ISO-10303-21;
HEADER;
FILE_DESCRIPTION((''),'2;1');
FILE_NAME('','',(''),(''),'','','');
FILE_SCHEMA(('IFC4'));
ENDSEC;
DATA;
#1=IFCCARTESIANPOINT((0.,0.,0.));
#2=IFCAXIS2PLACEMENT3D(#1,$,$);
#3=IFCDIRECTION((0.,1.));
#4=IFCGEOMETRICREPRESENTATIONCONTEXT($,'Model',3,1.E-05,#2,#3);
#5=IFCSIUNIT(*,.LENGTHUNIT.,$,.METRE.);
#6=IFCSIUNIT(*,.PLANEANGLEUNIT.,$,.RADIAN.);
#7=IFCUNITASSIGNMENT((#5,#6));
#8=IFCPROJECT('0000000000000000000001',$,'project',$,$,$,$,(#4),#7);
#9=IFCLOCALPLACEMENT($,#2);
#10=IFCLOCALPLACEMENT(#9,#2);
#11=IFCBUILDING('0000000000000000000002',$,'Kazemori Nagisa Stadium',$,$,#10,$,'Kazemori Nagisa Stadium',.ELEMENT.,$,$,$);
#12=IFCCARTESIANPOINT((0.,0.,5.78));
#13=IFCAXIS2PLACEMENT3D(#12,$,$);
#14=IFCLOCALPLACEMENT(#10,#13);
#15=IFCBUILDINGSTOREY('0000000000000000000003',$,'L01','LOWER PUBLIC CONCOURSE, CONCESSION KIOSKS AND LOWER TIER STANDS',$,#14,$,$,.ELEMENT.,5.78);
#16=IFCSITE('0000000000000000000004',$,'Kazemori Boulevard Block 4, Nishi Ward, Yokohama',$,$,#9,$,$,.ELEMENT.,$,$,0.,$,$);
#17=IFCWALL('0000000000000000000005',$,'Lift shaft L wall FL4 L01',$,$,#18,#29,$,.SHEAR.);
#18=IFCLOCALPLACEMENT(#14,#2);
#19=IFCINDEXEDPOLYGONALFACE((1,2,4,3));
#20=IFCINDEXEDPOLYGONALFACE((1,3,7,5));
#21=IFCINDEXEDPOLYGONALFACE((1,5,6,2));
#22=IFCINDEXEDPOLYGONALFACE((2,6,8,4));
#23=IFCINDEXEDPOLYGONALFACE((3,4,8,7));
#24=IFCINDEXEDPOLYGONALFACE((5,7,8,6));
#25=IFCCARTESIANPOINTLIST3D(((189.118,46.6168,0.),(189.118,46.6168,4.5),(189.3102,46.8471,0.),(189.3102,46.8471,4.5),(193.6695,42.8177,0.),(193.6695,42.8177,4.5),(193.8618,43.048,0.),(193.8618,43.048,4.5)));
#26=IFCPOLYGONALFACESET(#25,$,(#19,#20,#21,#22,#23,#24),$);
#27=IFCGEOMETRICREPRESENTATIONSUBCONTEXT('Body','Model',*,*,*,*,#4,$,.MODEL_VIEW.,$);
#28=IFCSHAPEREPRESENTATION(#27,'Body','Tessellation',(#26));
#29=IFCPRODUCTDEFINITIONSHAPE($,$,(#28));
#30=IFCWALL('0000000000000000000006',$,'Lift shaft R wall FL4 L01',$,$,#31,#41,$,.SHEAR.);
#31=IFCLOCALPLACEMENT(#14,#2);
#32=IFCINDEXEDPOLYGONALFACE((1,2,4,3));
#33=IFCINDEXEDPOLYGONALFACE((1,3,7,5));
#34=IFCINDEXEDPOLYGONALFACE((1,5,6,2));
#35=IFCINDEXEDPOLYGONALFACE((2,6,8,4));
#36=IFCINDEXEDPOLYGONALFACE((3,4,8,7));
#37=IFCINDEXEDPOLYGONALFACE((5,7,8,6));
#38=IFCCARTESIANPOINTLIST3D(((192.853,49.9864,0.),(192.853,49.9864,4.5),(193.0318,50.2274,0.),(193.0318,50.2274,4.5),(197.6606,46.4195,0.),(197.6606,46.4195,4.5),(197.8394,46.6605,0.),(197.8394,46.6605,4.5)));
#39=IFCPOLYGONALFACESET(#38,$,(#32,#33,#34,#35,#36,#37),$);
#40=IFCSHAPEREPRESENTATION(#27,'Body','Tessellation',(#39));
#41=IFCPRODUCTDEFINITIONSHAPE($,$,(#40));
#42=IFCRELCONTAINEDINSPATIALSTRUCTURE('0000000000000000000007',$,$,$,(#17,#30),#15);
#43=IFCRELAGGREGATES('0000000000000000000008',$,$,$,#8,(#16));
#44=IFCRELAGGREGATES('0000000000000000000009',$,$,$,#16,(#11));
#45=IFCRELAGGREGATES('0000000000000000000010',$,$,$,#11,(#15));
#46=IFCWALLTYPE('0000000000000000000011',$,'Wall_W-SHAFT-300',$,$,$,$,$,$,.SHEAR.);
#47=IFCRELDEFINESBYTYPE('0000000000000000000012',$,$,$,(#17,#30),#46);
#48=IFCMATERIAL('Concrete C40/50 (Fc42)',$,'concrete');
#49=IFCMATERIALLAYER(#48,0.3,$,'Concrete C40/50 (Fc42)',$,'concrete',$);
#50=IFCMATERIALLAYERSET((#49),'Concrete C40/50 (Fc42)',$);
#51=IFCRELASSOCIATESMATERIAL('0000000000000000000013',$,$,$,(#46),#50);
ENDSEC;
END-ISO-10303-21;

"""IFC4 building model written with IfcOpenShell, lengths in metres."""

from ifc_helpers import new_model, si_unit, direction, frame, frame_2d, origin, place, context, subcontext, project, spatial, rectangle, extrude, material, layer, layer_set, type_object, element, save


model = new_model("IFC4")

# Units and contexts
model_context = context("Model", 3, precision=1e-05, world=origin(), true_north=direction((0.0, 1.0)))
body_context = subcontext(model_context, "Body", "Model", "MODEL_VIEW")
ifc_project = project(units=[si_unit("LENGTHUNIT", "METRE"), si_unit("PLANEANGLEUNIT", "RADIAN")], contexts=[model_context])

# Site, building, storey
site_placement = place(None, origin())
site = spatial("IfcSite", under=ifc_project, at=site_placement, Name="Kazemori Boulevard Block 4, Nishi Ward, Yokohama", CompositionType="ELEMENT", RefElevation=0.0)
building_placement = place(site_placement, origin())
building = spatial("IfcBuilding", under=site, at=building_placement, Name="Kazemori Nagisa Stadium", LongName="Kazemori Nagisa Stadium", CompositionType="ELEMENT")
storey_placement = place(building_placement, frame((0.0, 0.0, 5.78)))
storey = spatial("IfcBuildingStorey", under=building, at=storey_placement, Name="L01", Description="LOWER PUBLIC CONCOURSE, CONCESSION KIOSKS AND LOWER TIER STANDS", CompositionType="ELEMENT", Elevation=5.78)

# Shared definitions
ifc_material_1 = material(Name="Concrete C40/50 (Fc42)", Category="concrete")

# Shared definitions
ifc_layer_1 = layer(ifc_material_1, 0.3, Name="Concrete C40/50 (Fc42)", Category="concrete")
ifc_layer_set_1 = layer_set([ifc_layer_1], Name="Concrete C40/50 (Fc42)")
wall_type_1 = type_object("IfcWallType", Name="Wall_W-SHAFT-300", PredefinedType="SHEAR", material=ifc_layer_set_1)

# Walls
wall_1_placement = place(storey_placement, frame((189.2141, 46.7319, 0.0), z_axis=(0.0, 0.0, 1.0), x_axis=(0.767711, -0.640796, 0.0)))
element("IfcWall", 1, at=wall_1_placement, inside=storey, type_object=wall_type_1, Name="Lift shaft L wall FL4 L01", PredefinedType="SHEAR", context=body_context, shape_type="SweptSolid", body=[
    extrude(rectangle(XDim=5.9287, YDim=0.3, at=frame_2d((2.9644, 0.0))), origin(), (0.0, 0.0, 1.0), 4.5),
])
wall_2_placement = place(storey_placement, frame((192.9424, 50.1069, 0.0), z_axis=(0.0, 0.0, 1.0), x_axis=(0.803102, -0.595842, 0.0)))
element("IfcWall", 2, at=wall_2_placement, inside=storey, type_object=wall_type_1, Name="Lift shaft R wall FL4 L01", PredefinedType="SHEAR", context=body_context, shape_type="SweptSolid", body=[
    extrude(rectangle(XDim=5.9863, YDim=0.3, at=frame_2d((2.9932, 0.0))), origin(), (0.0, 0.0, 1.0), 4.5),
])

save(model, "model.ifc")
